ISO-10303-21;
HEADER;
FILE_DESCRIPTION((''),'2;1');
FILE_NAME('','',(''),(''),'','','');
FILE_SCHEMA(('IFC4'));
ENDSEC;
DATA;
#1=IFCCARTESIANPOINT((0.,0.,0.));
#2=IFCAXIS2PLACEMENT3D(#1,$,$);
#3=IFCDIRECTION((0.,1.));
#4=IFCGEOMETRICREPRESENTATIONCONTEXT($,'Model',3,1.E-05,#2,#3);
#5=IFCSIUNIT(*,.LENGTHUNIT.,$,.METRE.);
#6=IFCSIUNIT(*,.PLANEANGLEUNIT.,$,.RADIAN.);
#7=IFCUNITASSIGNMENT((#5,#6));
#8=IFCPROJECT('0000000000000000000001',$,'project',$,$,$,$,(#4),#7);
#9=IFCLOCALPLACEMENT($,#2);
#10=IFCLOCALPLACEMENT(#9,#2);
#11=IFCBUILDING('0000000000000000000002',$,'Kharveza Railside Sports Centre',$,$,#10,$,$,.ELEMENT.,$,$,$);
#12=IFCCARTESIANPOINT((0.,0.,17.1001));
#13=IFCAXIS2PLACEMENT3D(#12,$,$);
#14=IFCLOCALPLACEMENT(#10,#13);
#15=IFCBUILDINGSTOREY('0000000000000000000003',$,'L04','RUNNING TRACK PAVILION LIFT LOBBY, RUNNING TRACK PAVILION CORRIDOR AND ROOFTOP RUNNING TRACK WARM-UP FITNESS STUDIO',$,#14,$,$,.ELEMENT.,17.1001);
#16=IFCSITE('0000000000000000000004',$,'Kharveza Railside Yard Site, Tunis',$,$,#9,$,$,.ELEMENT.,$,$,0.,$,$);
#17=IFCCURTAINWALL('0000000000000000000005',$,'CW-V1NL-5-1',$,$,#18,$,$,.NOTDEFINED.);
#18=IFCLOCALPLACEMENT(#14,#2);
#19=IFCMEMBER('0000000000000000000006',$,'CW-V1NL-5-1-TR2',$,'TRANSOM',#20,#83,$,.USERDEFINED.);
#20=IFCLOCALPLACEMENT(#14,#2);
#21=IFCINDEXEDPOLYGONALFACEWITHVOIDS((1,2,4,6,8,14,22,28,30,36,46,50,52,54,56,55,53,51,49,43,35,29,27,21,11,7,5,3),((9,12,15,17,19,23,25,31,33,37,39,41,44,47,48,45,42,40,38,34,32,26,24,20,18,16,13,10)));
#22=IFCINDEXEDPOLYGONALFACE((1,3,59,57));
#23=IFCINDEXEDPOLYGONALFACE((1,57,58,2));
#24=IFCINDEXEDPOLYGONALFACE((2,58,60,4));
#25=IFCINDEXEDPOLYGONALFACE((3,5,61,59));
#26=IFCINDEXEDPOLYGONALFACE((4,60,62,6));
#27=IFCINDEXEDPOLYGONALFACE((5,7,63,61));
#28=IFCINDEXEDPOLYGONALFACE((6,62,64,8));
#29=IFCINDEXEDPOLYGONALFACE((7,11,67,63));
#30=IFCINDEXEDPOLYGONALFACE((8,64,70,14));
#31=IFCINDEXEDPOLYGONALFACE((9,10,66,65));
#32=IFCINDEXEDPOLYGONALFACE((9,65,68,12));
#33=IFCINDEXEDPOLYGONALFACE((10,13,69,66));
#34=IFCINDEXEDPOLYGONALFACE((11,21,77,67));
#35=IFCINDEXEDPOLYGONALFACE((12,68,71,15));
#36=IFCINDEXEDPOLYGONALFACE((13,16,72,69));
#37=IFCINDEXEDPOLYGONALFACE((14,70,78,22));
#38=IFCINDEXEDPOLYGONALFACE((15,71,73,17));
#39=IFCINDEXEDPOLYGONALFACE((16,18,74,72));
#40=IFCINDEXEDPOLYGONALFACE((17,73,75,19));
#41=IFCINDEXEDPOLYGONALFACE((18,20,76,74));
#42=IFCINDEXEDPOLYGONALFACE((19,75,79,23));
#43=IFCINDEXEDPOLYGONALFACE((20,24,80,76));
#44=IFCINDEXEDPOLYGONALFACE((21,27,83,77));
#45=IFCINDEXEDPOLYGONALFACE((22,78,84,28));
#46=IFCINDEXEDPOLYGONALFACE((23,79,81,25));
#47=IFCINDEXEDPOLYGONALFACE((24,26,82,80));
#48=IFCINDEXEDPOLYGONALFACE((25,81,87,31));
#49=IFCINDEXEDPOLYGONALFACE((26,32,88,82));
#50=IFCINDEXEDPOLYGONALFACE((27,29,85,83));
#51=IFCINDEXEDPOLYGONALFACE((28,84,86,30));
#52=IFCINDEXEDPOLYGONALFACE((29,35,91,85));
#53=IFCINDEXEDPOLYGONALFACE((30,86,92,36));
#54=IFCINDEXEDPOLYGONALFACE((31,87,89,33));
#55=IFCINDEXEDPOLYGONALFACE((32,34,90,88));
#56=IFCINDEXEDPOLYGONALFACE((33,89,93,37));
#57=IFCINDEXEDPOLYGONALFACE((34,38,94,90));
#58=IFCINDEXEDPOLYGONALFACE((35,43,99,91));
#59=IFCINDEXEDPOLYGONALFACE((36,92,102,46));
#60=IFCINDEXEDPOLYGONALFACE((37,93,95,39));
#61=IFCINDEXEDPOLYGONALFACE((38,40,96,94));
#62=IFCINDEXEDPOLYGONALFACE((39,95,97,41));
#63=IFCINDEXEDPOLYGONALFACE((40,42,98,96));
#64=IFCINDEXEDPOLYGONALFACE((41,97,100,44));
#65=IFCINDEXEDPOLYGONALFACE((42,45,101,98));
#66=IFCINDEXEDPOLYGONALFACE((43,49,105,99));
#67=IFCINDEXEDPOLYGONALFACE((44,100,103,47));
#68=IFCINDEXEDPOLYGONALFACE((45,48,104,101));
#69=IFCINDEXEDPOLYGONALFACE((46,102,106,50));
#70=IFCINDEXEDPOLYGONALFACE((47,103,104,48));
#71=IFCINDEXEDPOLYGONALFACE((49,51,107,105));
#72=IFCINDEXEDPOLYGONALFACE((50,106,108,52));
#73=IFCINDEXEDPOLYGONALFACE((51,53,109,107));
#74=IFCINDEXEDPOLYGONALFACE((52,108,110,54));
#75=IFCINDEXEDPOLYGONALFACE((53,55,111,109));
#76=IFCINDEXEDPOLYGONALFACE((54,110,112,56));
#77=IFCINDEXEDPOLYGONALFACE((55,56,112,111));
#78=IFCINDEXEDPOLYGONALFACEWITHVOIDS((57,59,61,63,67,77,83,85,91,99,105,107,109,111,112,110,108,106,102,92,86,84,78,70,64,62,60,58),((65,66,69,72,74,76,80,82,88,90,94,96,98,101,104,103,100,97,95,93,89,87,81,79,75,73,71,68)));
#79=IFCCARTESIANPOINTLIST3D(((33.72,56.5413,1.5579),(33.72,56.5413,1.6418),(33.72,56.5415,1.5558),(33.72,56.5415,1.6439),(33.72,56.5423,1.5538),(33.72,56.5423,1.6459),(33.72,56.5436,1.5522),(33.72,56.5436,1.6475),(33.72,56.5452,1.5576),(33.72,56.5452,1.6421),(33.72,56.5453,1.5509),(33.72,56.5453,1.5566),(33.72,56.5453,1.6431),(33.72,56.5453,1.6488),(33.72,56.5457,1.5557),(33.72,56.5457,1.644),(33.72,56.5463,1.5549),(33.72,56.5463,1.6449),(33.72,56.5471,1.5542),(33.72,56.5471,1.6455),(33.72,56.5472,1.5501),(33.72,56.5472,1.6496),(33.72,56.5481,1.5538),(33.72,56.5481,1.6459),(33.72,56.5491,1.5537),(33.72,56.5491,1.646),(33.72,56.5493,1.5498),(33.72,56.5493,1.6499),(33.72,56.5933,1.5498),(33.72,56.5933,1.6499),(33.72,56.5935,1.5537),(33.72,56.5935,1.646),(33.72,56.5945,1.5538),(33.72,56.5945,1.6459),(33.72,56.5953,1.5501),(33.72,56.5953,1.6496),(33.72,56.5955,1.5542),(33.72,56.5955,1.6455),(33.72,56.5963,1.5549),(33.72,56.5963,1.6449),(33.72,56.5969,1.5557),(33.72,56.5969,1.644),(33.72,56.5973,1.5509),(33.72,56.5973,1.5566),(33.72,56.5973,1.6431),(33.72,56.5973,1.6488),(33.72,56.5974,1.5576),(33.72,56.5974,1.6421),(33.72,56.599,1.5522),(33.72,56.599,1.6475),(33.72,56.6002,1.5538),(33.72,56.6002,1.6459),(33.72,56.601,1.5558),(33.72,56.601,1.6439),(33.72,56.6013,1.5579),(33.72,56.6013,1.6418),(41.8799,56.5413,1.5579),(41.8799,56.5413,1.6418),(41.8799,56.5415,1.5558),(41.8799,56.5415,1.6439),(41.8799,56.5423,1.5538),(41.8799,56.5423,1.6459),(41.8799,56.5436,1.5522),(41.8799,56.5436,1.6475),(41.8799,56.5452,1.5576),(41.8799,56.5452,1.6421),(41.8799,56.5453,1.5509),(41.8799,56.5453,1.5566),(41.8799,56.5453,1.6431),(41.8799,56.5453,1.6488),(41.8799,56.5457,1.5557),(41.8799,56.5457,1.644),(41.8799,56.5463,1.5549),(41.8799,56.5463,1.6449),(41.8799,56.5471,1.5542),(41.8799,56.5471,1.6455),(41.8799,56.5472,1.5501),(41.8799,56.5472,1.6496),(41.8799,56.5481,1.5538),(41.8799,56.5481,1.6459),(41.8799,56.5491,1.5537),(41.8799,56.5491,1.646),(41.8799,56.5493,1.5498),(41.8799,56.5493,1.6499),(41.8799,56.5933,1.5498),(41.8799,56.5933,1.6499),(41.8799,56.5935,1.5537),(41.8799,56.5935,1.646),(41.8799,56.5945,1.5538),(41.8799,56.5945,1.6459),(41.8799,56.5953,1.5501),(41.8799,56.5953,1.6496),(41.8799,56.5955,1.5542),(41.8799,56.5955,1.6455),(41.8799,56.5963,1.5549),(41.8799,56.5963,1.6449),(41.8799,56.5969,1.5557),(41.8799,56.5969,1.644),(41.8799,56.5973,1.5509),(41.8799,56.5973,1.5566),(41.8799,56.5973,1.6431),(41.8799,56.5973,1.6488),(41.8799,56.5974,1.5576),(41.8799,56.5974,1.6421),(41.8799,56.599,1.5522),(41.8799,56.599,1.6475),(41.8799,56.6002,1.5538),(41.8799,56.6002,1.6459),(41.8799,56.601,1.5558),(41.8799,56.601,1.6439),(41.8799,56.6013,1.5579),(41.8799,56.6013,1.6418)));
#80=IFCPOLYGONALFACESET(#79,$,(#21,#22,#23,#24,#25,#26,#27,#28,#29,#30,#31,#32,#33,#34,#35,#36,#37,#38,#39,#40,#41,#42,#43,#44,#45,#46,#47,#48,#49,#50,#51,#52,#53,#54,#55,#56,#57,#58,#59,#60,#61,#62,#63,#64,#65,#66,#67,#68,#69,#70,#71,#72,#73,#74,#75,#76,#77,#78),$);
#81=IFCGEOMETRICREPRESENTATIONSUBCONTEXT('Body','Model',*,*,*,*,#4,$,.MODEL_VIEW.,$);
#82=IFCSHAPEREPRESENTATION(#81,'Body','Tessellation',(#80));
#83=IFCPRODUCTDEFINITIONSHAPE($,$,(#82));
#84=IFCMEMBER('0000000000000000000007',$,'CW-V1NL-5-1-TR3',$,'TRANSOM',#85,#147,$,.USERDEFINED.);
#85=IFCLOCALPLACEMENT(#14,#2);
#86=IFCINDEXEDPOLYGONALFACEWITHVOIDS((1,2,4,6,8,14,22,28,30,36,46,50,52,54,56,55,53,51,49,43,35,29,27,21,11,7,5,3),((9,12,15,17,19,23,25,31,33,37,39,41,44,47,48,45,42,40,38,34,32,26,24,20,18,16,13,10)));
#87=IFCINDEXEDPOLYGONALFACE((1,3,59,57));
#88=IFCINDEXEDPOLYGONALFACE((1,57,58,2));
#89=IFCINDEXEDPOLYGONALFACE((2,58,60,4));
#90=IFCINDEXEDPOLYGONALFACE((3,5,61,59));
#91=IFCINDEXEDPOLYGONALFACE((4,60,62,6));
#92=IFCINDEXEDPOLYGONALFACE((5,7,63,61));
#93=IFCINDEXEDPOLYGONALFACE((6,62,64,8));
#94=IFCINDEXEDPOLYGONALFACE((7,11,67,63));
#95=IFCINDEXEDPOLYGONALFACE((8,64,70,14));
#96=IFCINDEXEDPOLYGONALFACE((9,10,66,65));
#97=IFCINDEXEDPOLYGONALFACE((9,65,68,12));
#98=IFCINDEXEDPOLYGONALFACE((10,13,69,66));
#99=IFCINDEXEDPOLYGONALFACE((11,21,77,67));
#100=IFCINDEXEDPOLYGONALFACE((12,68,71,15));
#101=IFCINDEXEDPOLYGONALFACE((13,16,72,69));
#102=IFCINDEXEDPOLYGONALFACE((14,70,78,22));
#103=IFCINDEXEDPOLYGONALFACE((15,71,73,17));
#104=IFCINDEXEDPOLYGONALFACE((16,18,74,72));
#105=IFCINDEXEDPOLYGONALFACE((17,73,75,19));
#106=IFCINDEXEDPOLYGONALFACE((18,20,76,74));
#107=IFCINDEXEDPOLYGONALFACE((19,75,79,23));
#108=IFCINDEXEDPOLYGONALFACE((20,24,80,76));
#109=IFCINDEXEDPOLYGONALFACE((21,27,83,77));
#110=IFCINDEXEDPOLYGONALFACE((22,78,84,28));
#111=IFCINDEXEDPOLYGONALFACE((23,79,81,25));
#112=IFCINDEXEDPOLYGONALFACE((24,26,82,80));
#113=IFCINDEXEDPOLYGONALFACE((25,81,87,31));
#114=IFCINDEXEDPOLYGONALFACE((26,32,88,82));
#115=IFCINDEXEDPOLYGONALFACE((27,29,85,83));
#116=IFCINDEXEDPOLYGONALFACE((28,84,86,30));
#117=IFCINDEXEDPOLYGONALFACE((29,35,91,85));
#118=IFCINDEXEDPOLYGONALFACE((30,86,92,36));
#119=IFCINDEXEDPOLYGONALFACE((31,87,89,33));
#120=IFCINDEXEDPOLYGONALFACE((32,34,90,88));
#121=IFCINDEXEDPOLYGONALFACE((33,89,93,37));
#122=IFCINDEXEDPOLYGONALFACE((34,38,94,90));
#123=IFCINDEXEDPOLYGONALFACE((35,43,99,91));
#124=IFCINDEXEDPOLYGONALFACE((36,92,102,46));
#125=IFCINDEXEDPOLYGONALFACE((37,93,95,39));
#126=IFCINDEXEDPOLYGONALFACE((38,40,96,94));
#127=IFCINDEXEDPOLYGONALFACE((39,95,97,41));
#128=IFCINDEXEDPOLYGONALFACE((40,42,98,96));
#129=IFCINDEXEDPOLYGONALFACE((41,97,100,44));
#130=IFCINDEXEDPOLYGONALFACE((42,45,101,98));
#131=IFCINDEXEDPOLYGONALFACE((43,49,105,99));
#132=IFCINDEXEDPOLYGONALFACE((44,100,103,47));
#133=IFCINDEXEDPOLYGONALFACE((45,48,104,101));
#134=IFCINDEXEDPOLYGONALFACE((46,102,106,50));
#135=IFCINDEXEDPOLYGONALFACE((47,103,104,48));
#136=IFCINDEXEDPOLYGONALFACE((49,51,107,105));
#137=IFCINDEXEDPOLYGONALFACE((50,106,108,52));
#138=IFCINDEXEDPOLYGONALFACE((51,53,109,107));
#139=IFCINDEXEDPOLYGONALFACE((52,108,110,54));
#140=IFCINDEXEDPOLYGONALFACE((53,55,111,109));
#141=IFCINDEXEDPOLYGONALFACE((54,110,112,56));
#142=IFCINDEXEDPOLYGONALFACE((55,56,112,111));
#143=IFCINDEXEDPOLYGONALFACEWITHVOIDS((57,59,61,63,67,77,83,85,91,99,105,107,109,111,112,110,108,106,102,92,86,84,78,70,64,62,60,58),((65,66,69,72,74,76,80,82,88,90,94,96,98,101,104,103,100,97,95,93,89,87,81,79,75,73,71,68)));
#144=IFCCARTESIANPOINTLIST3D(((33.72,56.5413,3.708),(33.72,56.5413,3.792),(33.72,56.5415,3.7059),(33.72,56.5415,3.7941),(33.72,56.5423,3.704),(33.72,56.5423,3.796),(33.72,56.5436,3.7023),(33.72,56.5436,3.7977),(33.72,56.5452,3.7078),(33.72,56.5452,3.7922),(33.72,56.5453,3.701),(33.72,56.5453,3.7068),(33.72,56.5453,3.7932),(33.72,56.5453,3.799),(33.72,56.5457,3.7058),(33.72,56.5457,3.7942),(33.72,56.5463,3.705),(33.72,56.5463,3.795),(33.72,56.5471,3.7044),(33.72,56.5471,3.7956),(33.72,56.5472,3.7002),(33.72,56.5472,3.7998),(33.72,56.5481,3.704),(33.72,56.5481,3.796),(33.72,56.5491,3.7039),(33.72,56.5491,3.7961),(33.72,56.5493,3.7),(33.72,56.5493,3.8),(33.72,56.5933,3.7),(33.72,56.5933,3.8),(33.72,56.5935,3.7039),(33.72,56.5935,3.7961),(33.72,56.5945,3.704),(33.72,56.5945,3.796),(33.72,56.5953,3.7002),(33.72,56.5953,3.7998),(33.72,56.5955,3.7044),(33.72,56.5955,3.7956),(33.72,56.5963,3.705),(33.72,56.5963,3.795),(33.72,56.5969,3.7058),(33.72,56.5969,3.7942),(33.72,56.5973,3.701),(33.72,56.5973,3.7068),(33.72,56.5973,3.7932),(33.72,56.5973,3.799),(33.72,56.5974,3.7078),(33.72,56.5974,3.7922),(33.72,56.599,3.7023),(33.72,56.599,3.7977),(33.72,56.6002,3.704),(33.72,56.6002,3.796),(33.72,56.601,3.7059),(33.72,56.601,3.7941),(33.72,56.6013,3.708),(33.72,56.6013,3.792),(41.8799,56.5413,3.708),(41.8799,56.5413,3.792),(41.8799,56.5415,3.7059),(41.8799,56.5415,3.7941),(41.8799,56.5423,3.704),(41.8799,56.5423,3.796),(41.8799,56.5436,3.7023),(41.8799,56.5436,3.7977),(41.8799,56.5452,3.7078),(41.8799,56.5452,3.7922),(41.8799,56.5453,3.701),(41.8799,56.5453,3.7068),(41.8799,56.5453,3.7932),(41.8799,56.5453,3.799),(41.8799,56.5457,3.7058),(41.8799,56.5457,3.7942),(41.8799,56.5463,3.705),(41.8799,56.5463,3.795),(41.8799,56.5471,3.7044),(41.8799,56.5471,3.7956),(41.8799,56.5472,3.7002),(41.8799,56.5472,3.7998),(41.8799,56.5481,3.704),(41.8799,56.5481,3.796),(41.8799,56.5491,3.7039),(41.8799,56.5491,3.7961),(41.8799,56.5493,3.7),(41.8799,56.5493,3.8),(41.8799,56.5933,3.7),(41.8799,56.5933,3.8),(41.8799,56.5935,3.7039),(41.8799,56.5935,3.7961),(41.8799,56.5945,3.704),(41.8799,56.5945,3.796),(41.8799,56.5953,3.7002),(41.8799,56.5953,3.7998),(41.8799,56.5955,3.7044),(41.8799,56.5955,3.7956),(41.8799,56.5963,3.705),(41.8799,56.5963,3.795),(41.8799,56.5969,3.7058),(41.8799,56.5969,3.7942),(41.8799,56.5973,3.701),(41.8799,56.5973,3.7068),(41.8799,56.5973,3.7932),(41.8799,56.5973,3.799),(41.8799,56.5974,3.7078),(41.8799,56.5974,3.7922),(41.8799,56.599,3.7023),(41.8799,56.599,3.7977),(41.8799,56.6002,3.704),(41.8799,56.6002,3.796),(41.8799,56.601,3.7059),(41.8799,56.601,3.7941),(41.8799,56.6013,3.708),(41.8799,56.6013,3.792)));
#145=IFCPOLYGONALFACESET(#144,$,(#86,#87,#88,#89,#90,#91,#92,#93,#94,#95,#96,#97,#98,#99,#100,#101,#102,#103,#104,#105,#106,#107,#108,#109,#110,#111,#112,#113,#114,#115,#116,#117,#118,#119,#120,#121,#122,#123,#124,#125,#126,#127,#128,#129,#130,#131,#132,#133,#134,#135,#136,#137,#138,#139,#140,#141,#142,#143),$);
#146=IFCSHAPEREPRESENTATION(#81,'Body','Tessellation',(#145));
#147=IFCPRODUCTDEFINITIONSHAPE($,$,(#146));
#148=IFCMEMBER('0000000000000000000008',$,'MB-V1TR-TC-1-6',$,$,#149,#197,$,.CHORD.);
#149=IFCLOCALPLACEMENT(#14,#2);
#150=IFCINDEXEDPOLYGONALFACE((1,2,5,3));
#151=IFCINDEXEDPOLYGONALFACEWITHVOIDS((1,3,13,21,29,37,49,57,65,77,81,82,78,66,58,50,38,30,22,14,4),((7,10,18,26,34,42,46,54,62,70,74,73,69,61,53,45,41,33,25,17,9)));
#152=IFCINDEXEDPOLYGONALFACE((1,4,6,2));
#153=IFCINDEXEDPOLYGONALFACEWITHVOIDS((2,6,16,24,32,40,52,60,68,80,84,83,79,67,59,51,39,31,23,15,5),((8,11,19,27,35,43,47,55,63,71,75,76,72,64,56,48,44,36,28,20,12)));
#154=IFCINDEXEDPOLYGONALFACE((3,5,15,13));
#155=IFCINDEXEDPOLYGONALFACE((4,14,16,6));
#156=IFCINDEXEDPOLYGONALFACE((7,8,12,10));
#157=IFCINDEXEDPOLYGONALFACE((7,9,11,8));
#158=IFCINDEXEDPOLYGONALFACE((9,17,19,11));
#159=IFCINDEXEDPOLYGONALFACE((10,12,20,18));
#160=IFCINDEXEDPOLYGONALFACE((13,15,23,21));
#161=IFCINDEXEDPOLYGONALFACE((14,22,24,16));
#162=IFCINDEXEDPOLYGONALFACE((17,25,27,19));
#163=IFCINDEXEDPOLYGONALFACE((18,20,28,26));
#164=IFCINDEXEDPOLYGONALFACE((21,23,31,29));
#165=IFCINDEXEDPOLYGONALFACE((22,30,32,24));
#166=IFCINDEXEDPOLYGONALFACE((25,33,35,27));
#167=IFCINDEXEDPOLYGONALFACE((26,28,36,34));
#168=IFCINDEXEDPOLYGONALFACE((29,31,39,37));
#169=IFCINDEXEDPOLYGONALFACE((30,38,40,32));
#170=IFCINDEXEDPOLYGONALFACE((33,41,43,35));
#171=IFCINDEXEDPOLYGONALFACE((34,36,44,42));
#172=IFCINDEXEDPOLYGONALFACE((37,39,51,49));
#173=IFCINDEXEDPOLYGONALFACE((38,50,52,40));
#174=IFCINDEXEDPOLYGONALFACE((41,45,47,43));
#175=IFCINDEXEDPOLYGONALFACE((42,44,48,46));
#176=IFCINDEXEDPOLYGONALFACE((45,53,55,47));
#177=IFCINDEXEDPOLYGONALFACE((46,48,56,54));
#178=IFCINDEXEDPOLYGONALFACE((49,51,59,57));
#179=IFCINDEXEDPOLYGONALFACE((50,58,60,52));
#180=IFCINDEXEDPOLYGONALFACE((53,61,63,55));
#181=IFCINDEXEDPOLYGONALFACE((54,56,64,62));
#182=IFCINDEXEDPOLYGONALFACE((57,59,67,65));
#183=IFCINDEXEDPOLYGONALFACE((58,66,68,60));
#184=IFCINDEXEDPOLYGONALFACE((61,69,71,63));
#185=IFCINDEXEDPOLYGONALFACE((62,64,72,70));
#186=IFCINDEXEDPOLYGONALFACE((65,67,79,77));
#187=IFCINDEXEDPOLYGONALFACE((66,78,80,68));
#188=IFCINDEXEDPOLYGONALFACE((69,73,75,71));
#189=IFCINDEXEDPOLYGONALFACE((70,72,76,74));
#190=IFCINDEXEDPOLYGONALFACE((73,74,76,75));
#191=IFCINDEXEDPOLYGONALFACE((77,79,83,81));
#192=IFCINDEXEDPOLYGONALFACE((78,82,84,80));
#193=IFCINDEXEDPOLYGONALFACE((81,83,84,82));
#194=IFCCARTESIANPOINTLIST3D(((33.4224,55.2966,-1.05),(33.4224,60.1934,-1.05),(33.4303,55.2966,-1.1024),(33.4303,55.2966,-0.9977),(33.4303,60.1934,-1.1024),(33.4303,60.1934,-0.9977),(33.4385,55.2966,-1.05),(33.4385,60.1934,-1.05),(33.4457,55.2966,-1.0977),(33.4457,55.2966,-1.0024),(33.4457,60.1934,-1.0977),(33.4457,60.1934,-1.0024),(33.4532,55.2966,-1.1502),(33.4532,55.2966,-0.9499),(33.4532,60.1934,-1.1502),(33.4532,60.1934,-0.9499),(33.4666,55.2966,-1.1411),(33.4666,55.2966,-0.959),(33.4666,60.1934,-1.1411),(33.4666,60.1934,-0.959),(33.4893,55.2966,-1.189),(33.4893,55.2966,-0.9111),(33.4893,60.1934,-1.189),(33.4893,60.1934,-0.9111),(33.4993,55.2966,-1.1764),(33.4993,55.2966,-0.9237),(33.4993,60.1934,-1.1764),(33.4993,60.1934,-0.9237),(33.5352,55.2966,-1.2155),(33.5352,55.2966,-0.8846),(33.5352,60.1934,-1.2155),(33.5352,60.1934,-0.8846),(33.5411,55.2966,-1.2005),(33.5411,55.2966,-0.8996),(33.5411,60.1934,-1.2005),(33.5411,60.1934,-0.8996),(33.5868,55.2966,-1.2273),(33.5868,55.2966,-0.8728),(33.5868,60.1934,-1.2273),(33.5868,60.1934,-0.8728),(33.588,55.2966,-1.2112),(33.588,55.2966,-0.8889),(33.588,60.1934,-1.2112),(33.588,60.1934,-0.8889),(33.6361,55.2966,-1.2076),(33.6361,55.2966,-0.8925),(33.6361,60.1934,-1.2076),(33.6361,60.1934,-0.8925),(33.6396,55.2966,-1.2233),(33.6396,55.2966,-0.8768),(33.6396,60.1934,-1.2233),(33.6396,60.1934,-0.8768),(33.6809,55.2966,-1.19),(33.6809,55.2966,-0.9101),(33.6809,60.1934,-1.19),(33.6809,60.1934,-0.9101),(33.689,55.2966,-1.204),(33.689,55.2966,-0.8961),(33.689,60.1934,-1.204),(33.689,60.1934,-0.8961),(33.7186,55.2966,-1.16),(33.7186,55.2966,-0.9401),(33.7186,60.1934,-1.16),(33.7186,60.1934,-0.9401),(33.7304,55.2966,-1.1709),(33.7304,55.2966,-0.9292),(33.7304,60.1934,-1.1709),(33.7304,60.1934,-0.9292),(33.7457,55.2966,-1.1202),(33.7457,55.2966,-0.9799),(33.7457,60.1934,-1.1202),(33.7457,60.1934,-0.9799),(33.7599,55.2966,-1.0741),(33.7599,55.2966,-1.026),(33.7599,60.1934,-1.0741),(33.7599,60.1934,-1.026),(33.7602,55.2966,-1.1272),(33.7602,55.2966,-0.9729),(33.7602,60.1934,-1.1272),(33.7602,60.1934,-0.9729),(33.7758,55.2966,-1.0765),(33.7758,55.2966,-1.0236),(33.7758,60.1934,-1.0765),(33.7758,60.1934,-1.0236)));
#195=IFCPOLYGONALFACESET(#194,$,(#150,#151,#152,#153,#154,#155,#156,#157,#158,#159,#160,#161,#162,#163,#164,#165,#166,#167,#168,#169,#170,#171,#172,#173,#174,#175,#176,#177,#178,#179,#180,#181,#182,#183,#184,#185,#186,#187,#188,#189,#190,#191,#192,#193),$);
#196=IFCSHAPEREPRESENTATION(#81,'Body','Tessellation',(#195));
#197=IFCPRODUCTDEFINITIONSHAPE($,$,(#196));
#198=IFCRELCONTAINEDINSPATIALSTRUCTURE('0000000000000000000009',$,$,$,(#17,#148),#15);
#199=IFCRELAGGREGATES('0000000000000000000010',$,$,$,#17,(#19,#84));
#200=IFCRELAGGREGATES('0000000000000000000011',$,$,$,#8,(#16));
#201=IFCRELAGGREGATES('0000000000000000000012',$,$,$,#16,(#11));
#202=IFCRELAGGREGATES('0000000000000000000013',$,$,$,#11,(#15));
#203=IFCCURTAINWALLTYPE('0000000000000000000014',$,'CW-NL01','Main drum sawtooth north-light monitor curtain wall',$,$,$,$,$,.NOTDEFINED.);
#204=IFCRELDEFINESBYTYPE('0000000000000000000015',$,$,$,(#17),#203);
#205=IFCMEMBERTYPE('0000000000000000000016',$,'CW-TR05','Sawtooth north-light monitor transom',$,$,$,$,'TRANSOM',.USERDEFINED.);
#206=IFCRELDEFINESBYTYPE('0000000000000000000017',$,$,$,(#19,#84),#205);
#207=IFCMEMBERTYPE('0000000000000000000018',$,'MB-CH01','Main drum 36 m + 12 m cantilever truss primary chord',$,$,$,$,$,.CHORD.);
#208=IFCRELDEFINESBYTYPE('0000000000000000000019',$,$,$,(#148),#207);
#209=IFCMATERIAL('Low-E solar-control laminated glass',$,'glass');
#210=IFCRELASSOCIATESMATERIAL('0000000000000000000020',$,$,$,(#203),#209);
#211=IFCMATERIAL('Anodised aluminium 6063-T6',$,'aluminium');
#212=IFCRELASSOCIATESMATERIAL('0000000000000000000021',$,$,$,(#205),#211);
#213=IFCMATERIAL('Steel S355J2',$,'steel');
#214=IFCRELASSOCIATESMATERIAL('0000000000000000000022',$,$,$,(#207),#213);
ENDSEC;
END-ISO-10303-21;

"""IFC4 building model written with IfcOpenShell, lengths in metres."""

from ifc_helpers import new_model, si_unit, direction, frame, origin, origin_2d, place, context, subcontext, project, spatial, hollow_rectangle, hollow_circle, extrude, material, material_profile, profile_set, type_object, element, aggregate, save


model = new_model("IFC4")

# Units and contexts
model_context = context("Model", 3, precision=1e-05, world=origin(), true_north=direction((0.0, 1.0)))
body_context = subcontext(model_context, "Body", "Model", "MODEL_VIEW")
ifc_project = project(units=[si_unit("LENGTHUNIT", "METRE"), si_unit("PLANEANGLEUNIT", "RADIAN")], contexts=[model_context])

# Site, building, storey
site_placement = place(None, origin())
site = spatial("IfcSite", under=ifc_project, at=site_placement, Name="Kharveza Railside Yard Site, Tunis", CompositionType="ELEMENT", RefElevation=0.0)
building_placement = place(site_placement, origin())
building = spatial("IfcBuilding", under=site, at=building_placement, Name="Kharveza Railside Sports Centre", CompositionType="ELEMENT")
storey_placement = place(building_placement, frame((0.0, 0.0, 17.1001)))
storey = spatial("IfcBuildingStorey", under=building, at=storey_placement, Name="L04", Description="RUNNING TRACK PAVILION LIFT LOBBY, RUNNING TRACK PAVILION CORRIDOR AND ROOFTOP RUNNING TRACK WARM-UP FITNESS STUDIO", CompositionType="ELEMENT", Elevation=17.1001)

# Shared definitions
ifc_material_1 = material(Name="Steel S355J2", Category="steel")

# Curtain wall
ifc_material_2 = material(Name="Low-E solar-control laminated glass", Category="glass")
curtain_wall_type = type_object("IfcCurtainWallType", Name="CW-NL01", Description="Main drum sawtooth north-light monitor curtain wall", PredefinedType="NOTDEFINED", material=ifc_material_2)
ifc_material_3 = material(Name="Anodised aluminium 6063-T6", Category="aluminium")
curtain_wall_1_placement = place(storey_placement, origin())
curtain_wall_1 = element("IfcCurtainWall", 1, at=curtain_wall_1_placement, inside=storey, type_object=curtain_wall_type, Name="CW-V1NL-5-1", PredefinedType="NOTDEFINED")

# Members
ifc_material_profile_1 = material_profile(ifc_material_3, hollow_rectangle(XDim=0.0601, YDim=0.1001, WallThickness=0.0039, InnerFilletRadius=0.0039, OuterFilletRadius=0.0081, at=origin_2d()), Name="RHS 60x100x4.0")
ifc_profile_set_1 = profile_set([ifc_material_profile_1], Name="Anodised aluminium 6063-T6")
member_type_1 = type_object("IfcMemberType", Name="CW-TR05", Description="Sawtooth north-light monitor transom", ElementType="TRANSOM", PredefinedType="USERDEFINED", material=ifc_profile_set_1)
member_1_placement = place(storey_placement, frame((33.72, 56.5713, 1.5999), z_axis=(1.0, 0.0, 0.0), x_axis=(0.0, 1.0, 0.0)))
member_1 = element("IfcMember", 2, at=member_1_placement, type_object=member_type_1, Name="CW-V1NL-5-1-TR2", ObjectType="TRANSOM", PredefinedType="USERDEFINED", context=body_context, shape_type="SweptSolid", body=[
    extrude(hollow_rectangle(XDim=0.0601, YDim=0.1001, WallThickness=0.0039, InnerFilletRadius=0.0039, OuterFilletRadius=0.0081, at=origin_2d()), origin(), (0.0, 0.0, 1.0), 8.1599),
])
member_2_placement = place(storey_placement, frame((33.72, 56.5713, 3.75), z_axis=(1.0, 0.0, 0.0), x_axis=(0.0, 1.0, 0.0)))
member_2 = element("IfcMember", 3, at=member_2_placement, type_object=member_type_1, Name="CW-V1NL-5-1-TR3", ObjectType="TRANSOM", PredefinedType="USERDEFINED", context=body_context, shape_type="SweptSolid", body=[
    extrude(hollow_rectangle(XDim=0.0601, YDim=0.1001, WallThickness=0.0039, InnerFilletRadius=0.0039, OuterFilletRadius=0.0081, at=origin_2d()), origin(), (0.0, 0.0, 1.0), 8.1599),
])

# Member
ifc_material_profile_2 = material_profile(ifc_material_1, hollow_circle(Radius=0.1777, WallThickness=0.0161, at=origin_2d()), Name="CHS 355.6x16.0")
ifc_profile_set_2 = profile_set([ifc_material_profile_2], Name="Steel S355J2")
member_type_2 = type_object("IfcMemberType", Name="MB-CH01", Description="Main drum 36 m + 12 m cantilever truss primary chord", PredefinedType="CHORD", material=ifc_profile_set_2)
member_3_placement = place(storey_placement, frame((33.6001, 55.2966, -1.05), z_axis=(0.0, 1.0, 0.0), x_axis=(-1.0, 0.0, 0.0)))
element("IfcMember", 4, at=member_3_placement, inside=storey, type_object=member_type_2, Name="MB-V1TR-TC-1-6", PredefinedType="CHORD", context=body_context, shape_type="SweptSolid", body=[
    extrude(hollow_circle(Radius=0.1777, WallThickness=0.0161, at=origin_2d()), origin(), (0.0, 0.0, 1.0), 4.8967),
])

aggregate(curtain_wall_1, [member_1, member_2])

save(model, "model.ifc")
